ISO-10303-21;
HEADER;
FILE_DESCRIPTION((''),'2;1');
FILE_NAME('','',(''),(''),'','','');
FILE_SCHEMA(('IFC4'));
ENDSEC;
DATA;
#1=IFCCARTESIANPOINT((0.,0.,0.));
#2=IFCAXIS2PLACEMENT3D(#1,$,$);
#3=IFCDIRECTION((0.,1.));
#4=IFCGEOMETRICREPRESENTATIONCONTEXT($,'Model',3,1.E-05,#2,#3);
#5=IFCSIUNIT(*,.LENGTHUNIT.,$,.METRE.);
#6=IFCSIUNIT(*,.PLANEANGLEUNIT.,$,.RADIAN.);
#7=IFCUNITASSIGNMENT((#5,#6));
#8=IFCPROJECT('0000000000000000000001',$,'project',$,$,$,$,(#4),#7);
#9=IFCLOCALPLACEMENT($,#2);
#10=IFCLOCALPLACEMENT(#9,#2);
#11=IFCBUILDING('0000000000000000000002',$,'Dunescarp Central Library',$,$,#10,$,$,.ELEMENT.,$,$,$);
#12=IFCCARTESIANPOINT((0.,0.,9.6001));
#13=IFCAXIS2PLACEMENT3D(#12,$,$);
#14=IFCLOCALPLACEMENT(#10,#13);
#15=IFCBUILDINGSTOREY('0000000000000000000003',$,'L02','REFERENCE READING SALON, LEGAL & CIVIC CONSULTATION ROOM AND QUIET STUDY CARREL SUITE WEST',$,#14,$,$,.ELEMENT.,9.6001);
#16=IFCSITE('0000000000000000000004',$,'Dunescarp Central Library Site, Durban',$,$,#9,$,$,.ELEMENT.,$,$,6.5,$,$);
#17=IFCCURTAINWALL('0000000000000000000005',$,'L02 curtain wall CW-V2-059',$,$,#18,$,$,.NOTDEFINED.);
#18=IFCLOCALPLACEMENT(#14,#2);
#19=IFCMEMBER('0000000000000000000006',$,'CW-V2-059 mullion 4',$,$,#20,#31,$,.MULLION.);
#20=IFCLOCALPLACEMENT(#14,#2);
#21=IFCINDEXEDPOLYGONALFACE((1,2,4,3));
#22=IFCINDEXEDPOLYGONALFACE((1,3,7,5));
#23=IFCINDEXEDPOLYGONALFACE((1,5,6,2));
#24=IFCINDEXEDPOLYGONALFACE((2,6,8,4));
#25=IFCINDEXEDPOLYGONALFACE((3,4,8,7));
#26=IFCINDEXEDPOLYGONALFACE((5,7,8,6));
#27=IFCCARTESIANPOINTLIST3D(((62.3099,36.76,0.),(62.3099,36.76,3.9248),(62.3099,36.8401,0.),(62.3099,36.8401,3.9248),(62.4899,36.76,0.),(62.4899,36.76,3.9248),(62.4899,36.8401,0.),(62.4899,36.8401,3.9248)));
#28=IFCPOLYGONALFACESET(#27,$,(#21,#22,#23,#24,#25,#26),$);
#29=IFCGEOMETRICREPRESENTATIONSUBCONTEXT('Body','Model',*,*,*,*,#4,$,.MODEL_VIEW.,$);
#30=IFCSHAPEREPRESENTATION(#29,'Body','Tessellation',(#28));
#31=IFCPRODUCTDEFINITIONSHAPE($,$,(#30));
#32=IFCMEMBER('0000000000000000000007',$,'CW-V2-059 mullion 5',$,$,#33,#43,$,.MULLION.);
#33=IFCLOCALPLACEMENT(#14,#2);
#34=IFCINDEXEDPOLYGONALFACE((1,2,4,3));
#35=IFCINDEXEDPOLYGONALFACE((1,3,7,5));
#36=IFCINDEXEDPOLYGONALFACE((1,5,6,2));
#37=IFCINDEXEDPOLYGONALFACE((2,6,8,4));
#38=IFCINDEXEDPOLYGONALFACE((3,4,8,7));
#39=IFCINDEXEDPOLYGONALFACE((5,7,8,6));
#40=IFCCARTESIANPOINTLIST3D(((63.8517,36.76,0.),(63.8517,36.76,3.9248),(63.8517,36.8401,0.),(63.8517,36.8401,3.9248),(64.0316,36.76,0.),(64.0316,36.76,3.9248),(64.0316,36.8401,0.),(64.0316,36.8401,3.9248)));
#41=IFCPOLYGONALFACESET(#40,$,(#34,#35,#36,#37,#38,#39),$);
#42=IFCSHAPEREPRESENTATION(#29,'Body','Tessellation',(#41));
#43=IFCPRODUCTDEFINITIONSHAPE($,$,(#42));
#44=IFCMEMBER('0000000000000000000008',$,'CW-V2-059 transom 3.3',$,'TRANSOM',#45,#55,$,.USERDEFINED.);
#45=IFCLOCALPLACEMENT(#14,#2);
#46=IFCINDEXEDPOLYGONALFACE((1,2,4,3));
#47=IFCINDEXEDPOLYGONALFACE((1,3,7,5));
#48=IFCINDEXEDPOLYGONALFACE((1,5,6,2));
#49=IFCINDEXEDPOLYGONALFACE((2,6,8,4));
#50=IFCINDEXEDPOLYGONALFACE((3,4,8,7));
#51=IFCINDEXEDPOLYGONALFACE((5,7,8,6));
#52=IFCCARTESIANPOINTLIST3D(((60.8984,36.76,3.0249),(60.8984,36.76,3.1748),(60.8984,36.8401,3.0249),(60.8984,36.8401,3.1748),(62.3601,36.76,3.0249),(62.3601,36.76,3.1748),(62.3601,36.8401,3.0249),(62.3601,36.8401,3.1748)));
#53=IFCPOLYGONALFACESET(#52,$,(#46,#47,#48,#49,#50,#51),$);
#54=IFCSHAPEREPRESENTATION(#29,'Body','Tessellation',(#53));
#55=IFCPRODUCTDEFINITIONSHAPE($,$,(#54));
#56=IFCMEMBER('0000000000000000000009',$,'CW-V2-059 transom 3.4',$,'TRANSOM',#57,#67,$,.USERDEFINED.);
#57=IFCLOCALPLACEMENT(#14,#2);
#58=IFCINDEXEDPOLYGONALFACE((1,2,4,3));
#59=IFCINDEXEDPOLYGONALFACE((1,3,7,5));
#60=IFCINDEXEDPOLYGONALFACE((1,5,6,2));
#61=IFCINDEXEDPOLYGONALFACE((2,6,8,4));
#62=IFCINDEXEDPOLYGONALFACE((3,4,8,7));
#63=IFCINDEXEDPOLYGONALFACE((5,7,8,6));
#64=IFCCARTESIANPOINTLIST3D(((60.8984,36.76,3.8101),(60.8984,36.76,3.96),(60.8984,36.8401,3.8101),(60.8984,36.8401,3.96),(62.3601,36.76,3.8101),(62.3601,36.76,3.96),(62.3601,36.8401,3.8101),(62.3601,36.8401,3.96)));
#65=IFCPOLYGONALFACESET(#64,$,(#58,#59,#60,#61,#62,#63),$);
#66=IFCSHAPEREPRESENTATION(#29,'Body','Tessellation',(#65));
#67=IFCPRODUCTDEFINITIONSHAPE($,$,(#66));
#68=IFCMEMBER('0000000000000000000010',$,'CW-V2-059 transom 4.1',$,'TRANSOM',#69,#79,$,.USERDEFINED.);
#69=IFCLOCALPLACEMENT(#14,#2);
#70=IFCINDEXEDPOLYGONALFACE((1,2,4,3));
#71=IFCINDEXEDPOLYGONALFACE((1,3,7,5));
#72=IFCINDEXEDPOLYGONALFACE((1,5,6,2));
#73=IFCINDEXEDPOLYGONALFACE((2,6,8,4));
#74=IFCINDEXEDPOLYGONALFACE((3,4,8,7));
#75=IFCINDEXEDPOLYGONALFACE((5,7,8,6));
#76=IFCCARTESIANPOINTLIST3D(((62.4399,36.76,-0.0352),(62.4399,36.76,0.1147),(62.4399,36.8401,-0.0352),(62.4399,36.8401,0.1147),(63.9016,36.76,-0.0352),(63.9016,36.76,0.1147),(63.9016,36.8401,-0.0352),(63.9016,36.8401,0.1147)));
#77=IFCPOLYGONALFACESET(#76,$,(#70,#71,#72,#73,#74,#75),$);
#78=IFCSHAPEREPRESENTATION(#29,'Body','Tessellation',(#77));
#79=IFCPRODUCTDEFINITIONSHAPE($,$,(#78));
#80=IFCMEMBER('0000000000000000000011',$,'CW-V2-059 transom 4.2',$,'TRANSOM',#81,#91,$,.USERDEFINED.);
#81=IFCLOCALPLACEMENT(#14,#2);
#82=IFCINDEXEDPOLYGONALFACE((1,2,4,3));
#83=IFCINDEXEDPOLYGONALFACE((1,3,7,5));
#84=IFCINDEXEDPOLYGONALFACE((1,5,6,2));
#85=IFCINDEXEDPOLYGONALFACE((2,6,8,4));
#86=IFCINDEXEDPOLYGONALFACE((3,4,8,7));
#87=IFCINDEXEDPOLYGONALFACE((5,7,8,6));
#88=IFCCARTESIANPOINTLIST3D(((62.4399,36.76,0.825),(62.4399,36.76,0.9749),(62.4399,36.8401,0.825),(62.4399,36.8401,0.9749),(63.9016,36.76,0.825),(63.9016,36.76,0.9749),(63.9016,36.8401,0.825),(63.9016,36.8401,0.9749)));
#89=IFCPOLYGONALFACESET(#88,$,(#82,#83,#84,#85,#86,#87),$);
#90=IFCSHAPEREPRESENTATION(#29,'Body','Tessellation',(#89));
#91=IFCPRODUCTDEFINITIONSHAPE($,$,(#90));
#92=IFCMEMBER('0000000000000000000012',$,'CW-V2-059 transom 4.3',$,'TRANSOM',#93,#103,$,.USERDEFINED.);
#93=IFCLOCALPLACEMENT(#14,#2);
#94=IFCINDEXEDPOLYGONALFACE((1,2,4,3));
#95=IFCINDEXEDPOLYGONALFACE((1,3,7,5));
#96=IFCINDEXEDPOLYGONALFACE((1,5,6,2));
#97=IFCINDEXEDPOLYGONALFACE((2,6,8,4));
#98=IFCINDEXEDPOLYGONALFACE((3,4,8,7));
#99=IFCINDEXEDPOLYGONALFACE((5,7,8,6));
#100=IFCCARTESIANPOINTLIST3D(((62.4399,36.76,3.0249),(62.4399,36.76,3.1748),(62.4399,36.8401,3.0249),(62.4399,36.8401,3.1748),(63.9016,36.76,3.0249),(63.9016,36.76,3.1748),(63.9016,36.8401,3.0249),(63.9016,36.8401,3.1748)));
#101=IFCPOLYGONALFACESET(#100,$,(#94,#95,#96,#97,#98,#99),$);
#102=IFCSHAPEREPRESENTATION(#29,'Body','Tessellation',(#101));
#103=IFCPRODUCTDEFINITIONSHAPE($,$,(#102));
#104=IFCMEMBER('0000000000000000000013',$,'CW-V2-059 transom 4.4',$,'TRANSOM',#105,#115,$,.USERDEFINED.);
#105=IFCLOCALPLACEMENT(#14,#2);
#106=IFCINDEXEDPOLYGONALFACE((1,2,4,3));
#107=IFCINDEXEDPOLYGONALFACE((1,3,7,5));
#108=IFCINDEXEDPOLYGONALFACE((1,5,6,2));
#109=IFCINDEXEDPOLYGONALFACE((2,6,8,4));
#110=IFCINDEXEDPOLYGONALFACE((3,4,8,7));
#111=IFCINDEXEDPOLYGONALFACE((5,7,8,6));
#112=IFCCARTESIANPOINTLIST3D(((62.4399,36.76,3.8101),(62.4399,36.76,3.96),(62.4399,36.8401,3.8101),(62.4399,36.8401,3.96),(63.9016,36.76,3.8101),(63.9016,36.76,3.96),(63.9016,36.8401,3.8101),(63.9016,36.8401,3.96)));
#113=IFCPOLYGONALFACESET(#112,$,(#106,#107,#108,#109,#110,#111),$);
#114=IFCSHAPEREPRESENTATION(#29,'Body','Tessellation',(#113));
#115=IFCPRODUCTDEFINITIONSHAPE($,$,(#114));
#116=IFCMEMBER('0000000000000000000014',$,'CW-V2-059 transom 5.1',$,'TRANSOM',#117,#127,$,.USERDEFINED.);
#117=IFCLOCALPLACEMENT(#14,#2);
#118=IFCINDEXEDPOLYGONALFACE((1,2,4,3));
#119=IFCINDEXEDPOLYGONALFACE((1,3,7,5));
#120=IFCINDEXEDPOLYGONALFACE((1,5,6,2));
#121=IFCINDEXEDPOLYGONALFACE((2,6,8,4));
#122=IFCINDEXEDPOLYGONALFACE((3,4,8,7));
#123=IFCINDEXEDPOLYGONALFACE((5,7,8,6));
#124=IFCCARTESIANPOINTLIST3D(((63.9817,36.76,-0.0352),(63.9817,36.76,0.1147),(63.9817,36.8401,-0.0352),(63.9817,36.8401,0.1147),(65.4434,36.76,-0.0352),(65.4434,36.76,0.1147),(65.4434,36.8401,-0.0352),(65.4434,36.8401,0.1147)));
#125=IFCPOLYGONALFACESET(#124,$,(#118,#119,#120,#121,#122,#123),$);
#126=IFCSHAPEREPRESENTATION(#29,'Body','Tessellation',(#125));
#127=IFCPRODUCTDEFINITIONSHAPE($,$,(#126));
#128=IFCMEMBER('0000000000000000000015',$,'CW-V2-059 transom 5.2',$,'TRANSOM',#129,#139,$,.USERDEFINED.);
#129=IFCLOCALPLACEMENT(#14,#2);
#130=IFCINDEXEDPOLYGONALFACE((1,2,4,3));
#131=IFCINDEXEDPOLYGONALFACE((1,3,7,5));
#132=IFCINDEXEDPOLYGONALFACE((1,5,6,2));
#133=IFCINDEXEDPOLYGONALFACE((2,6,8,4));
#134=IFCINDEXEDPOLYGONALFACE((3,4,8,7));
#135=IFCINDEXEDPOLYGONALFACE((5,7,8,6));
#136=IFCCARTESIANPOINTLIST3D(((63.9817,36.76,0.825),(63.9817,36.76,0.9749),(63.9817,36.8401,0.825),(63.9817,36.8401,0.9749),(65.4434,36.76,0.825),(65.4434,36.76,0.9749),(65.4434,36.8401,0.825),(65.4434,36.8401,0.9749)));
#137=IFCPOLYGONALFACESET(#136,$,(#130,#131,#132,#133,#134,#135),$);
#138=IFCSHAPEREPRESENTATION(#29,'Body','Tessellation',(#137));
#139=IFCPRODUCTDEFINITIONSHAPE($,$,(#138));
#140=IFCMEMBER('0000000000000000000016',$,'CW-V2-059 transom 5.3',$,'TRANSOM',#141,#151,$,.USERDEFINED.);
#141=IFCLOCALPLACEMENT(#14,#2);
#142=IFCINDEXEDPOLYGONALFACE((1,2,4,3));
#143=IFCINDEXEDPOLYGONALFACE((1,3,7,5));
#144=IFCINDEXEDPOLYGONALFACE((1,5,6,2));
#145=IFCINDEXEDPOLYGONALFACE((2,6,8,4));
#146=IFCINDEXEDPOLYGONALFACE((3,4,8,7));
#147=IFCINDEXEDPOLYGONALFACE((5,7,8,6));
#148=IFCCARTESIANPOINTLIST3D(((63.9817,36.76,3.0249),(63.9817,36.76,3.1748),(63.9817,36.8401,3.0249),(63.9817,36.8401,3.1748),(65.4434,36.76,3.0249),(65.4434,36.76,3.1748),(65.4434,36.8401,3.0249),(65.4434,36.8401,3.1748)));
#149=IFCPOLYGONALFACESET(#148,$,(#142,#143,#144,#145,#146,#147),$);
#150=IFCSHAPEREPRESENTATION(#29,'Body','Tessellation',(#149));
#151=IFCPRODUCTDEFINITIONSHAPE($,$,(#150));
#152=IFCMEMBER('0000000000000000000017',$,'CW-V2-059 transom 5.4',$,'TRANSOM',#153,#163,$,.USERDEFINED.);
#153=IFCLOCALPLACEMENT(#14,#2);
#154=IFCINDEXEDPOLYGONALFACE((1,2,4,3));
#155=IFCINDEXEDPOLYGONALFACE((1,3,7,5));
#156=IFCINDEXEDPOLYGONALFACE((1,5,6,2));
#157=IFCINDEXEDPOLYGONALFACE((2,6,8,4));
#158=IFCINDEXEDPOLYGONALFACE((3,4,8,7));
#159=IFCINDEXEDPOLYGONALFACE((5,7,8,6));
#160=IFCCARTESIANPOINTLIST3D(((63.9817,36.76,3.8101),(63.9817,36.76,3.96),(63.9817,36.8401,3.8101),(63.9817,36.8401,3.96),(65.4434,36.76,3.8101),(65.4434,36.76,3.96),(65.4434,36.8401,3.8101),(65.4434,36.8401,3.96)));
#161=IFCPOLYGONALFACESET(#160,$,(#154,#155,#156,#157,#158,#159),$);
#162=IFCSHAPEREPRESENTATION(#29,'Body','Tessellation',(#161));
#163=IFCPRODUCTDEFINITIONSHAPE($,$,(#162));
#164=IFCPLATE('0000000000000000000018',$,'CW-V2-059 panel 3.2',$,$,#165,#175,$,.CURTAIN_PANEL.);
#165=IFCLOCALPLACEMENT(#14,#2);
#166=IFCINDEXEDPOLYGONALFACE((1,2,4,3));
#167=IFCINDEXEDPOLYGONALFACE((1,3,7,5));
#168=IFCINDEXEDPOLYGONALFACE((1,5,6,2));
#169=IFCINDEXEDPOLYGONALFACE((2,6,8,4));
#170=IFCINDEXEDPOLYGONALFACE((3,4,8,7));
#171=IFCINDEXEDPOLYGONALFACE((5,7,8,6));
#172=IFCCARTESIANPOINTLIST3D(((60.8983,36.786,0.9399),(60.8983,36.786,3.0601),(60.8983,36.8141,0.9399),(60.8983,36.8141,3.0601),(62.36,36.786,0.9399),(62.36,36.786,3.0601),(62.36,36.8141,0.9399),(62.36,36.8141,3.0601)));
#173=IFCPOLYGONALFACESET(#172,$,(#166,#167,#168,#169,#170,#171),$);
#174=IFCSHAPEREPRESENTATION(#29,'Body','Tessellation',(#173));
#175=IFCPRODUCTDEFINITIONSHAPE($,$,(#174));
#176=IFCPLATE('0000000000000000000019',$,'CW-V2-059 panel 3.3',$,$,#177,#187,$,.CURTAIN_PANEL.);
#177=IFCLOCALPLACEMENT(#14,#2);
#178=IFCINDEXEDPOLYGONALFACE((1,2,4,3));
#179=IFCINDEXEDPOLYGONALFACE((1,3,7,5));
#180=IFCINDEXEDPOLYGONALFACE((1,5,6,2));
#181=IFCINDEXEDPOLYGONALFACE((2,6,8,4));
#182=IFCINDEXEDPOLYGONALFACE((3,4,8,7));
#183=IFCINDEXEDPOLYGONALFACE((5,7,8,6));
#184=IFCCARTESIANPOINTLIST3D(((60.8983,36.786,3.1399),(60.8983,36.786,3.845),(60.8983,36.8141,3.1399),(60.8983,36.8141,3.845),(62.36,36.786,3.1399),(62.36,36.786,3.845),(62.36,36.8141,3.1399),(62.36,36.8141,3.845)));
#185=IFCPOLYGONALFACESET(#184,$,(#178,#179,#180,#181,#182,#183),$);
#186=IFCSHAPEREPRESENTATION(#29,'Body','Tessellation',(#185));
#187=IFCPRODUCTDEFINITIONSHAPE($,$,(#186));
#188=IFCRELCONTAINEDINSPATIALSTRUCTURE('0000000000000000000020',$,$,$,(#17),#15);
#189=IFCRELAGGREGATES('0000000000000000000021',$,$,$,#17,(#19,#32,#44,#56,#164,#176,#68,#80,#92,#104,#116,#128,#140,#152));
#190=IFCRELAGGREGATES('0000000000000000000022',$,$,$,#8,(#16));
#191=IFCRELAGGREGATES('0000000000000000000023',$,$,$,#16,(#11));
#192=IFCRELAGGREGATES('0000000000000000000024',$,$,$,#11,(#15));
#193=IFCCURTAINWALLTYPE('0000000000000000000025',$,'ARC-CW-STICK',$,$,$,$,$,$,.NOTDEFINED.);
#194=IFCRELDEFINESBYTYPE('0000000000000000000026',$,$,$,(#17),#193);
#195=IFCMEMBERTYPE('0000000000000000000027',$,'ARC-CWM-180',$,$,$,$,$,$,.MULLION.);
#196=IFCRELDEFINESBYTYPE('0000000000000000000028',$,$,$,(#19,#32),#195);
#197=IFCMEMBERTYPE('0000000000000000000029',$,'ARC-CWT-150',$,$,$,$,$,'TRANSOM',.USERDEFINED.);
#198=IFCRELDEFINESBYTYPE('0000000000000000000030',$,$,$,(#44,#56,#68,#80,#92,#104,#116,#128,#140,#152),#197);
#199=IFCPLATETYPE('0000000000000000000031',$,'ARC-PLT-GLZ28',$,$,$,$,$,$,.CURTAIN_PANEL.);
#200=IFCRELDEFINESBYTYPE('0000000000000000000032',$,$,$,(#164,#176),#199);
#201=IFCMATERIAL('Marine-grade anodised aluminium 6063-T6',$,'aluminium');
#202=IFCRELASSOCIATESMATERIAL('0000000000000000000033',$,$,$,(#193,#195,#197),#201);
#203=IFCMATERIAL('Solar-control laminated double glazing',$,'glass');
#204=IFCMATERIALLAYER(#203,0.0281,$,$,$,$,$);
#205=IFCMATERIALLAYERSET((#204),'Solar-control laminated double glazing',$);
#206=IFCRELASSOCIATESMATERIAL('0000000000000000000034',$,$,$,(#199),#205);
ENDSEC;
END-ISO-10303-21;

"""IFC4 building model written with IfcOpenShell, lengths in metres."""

from ifc_helpers import new_model, si_unit, direction, frame, origin, origin_2d, place, context, subcontext, project, spatial, rectangle, extrude, material, layer, layer_set, material_profile, profile_set, type_object, element, aggregate, save


model = new_model("IFC4")

# Units and contexts
model_context = context("Model", 3, precision=1e-05, world=origin(), true_north=direction((0.0, 1.0)))
body_context = subcontext(model_context, "Body", "Model", "MODEL_VIEW")
ifc_project = project(units=[si_unit("LENGTHUNIT", "METRE"), si_unit("PLANEANGLEUNIT", "RADIAN")], contexts=[model_context])

# Site, building, storey
site_placement = place(None, origin())
site = spatial("IfcSite", under=ifc_project, at=site_placement, Name="Dunescarp Central Library Site, Durban", CompositionType="ELEMENT", RefElevation=6.5)
building_placement = place(site_placement, origin())
building = spatial("IfcBuilding", under=site, at=building_placement, Name="Dunescarp Central Library", CompositionType="ELEMENT")
storey_placement = place(building_placement, frame((0.0, 0.0, 9.6001)))
storey = spatial("IfcBuildingStorey", under=building, at=storey_placement, Name="L02", Description="REFERENCE READING SALON, LEGAL & CIVIC CONSULTATION ROOM AND QUIET STUDY CARREL SUITE WEST", CompositionType="ELEMENT", Elevation=9.6001)

# Curtain wall, members, plates
ifc_material_1 = material(Name="Marine-grade anodised aluminium 6063-T6", Category="aluminium")
curtain_wall_type = type_object("IfcCurtainWallType", Name="ARC-CW-STICK", PredefinedType="NOTDEFINED", material=ifc_material_1)
curtain_wall_placement = place(storey_placement, origin())
curtain_wall = element("IfcCurtainWall", 1, at=curtain_wall_placement, inside=storey, type_object=curtain_wall_type, Name="L02 curtain wall CW-V2-059", PredefinedType="NOTDEFINED")
ifc_material_profile_1 = material_profile(ifc_material_1, rectangle(XDim=0.0801, YDim=0.1799, at=origin_2d()), Name="AL 80x180")
ifc_profile_set_1 = profile_set([ifc_material_profile_1], Name="Marine-grade anodised aluminium 6063-T6")
member_type_1 = type_object("IfcMemberType", Name="ARC-CWM-180", PredefinedType="MULLION", material=ifc_profile_set_1)
member_1_placement = place(storey_placement, frame((62.3999, 36.8, 0.0), z_axis=(0.0, 0.0, 1.0), x_axis=(0.0, 1.0, 0.0)))
member_1 = element("IfcMember", 2, at=member_1_placement, type_object=member_type_1, Name="CW-V2-059 mullion 4", PredefinedType="MULLION", context=body_context, shape_type="SweptSolid", body=[
    extrude(rectangle(XDim=0.0801, YDim=0.1799, at=origin_2d()), origin(), (0.0, 0.0, 1.0), 3.9248),
])
member_2_placement = place(storey_placement, frame((63.9417, 36.8, 0.0), z_axis=(0.0, 0.0, 1.0), x_axis=(0.0, 1.0, 0.0)))
member_2 = element("IfcMember", 3, at=member_2_placement, type_object=member_type_1, Name="CW-V2-059 mullion 5", PredefinedType="MULLION", context=body_context, shape_type="SweptSolid", body=[
    extrude(rectangle(XDim=0.0801, YDim=0.1799, at=origin_2d()), origin(), (0.0, 0.0, 1.0), 3.9248),
])
ifc_material_profile_2 = material_profile(ifc_material_1, rectangle(XDim=0.0801, YDim=0.1499, at=origin_2d()), Name="AL 80x150")
ifc_profile_set_2 = profile_set([ifc_material_profile_2], Name="Marine-grade anodised aluminium 6063-T6")
member_type_2 = type_object("IfcMemberType", Name="ARC-CWT-150", ElementType="TRANSOM", PredefinedType="USERDEFINED", material=ifc_profile_set_2)
member_3_placement = place(storey_placement, frame((60.8984, 36.8, 3.0999), z_axis=(1.0, 0.0, 0.0), x_axis=(0.0, 1.0, 0.0)))
member_3 = element("IfcMember", 4, at=member_3_placement, type_object=member_type_2, Name="CW-V2-059 transom 3.3", ObjectType="TRANSOM", PredefinedType="USERDEFINED", context=body_context, shape_type="SweptSolid", body=[
    extrude(rectangle(XDim=0.0801, YDim=0.1499, at=origin_2d()), origin(), (0.0, 0.0, 1.0), 1.4617),
])
member_4_placement = place(storey_placement, frame((60.8984, 36.8, 3.885), z_axis=(1.0, 0.0, 0.0), x_axis=(0.0, 1.0, 0.0)))
member_4 = element("IfcMember", 5, at=member_4_placement, type_object=member_type_2, Name="CW-V2-059 transom 3.4", ObjectType="TRANSOM", PredefinedType="USERDEFINED", context=body_context, shape_type="SweptSolid", body=[
    extrude(rectangle(XDim=0.0801, YDim=0.1499, at=origin_2d()), origin(), (0.0, 0.0, 1.0), 1.4617),
])
member_5_placement = place(storey_placement, frame((62.4399, 36.8, 0.0398), z_axis=(1.0, 0.0, 0.0), x_axis=(0.0, 1.0, 0.0)))
member_5 = element("IfcMember", 6, at=member_5_placement, type_object=member_type_2, Name="CW-V2-059 transom 4.1", ObjectType="TRANSOM", PredefinedType="USERDEFINED", context=body_context, shape_type="SweptSolid", body=[
    extrude(rectangle(XDim=0.0801, YDim=0.1499, at=origin_2d()), origin(), (0.0, 0.0, 1.0), 1.4617),
])
member_6_placement = place(storey_placement, frame((62.4399, 36.8, 0.8999), z_axis=(1.0, 0.0, 0.0), x_axis=(0.0, 1.0, 0.0)))
member_6 = element("IfcMember", 7, at=member_6_placement, type_object=member_type_2, Name="CW-V2-059 transom 4.2", ObjectType="TRANSOM", PredefinedType="USERDEFINED", context=body_context, shape_type="SweptSolid", body=[
    extrude(rectangle(XDim=0.0801, YDim=0.1499, at=origin_2d()), origin(), (0.0, 0.0, 1.0), 1.4617),
])
member_7_placement = place(storey_placement, frame((62.4399, 36.8, 3.0999), z_axis=(1.0, 0.0, 0.0), x_axis=(0.0, 1.0, 0.0)))
member_7 = element("IfcMember", 8, at=member_7_placement, type_object=member_type_2, Name="CW-V2-059 transom 4.3", ObjectType="TRANSOM", PredefinedType="USERDEFINED", context=body_context, shape_type="SweptSolid", body=[
    extrude(rectangle(XDim=0.0801, YDim=0.1499, at=origin_2d()), origin(), (0.0, 0.0, 1.0), 1.4617),
])
member_8_placement = place(storey_placement, frame((62.4399, 36.8, 3.885), z_axis=(1.0, 0.0, 0.0), x_axis=(0.0, 1.0, 0.0)))
member_8 = element("IfcMember", 9, at=member_8_placement, type_object=member_type_2, Name="CW-V2-059 transom 4.4", ObjectType="TRANSOM", PredefinedType="USERDEFINED", context=body_context, shape_type="SweptSolid", body=[
    extrude(rectangle(XDim=0.0801, YDim=0.1499, at=origin_2d()), origin(), (0.0, 0.0, 1.0), 1.4617),
])
member_9_placement = place(storey_placement, frame((63.9817, 36.8, 0.0398), z_axis=(1.0, 0.0, 0.0), x_axis=(0.0, 1.0, 0.0)))
member_9 = element("IfcMember", 10, at=member_9_placement, type_object=member_type_2, Name="CW-V2-059 transom 5.1", ObjectType="TRANSOM", PredefinedType="USERDEFINED", context=body_context, shape_type="SweptSolid", body=[
    extrude(rectangle(XDim=0.0801, YDim=0.1499, at=origin_2d()), origin(), (0.0, 0.0, 1.0), 1.4617),
])
member_10_placement = place(storey_placement, frame((63.9817, 36.8, 0.8999), z_axis=(1.0, 0.0, 0.0), x_axis=(0.0, 1.0, 0.0)))
member_10 = element("IfcMember", 11, at=member_10_placement, type_object=member_type_2, Name="CW-V2-059 transom 5.2", ObjectType="TRANSOM", PredefinedType="USERDEFINED", context=body_context, shape_type="SweptSolid", body=[
    extrude(rectangle(XDim=0.0801, YDim=0.1499, at=origin_2d()), origin(), (0.0, 0.0, 1.0), 1.4617),
])
member_11_placement = place(storey_placement, frame((63.9817, 36.8, 3.0999), z_axis=(1.0, 0.0, 0.0), x_axis=(0.0, 1.0, 0.0)))
member_11 = element("IfcMember", 12, at=member_11_placement, type_object=member_type_2, Name="CW-V2-059 transom 5.3", ObjectType="TRANSOM", PredefinedType="USERDEFINED", context=body_context, shape_type="SweptSolid", body=[
    extrude(rectangle(XDim=0.0801, YDim=0.1499, at=origin_2d()), origin(), (0.0, 0.0, 1.0), 1.4617),
])
member_12_placement = place(storey_placement, frame((63.9817, 36.8, 3.885), z_axis=(1.0, 0.0, 0.0), x_axis=(0.0, 1.0, 0.0)))
member_12 = element("IfcMember", 13, at=member_12_placement, type_object=member_type_2, Name="CW-V2-059 transom 5.4", ObjectType="TRANSOM", PredefinedType="USERDEFINED", context=body_context, shape_type="SweptSolid", body=[
    extrude(rectangle(XDim=0.0801, YDim=0.1499, at=origin_2d()), origin(), (0.0, 0.0, 1.0), 1.4617),
])
ifc_material_2 = material(Name="Solar-control laminated double glazing", Category="glass")
ifc_layer_1 = layer(ifc_material_2, 0.0281)
ifc_layer_set_1 = layer_set([ifc_layer_1], Name="Solar-control laminated double glazing")
plate_type_1 = type_object("IfcPlateType", Name="ARC-PLT-GLZ28", PredefinedType="CURTAIN_PANEL", material=ifc_layer_set_1)
plate_1_placement = place(storey_placement, frame((61.6292, 36.8, 0.9399), z_axis=(0.0, 0.0, 1.0), x_axis=(1.0, 0.0, 0.0)))
plate_1 = element("IfcPlate", 14, at=plate_1_placement, type_object=plate_type_1, Name="CW-V2-059 panel 3.2", PredefinedType="CURTAIN_PANEL", context=body_context, shape_type="SweptSolid", body=[
    extrude(rectangle(XDim=1.4617, YDim=0.0281, at=origin_2d()), origin(), (0.0, 0.0, 1.0), 2.1201),
])
plate_2_placement = place(storey_placement, frame((61.6292, 36.8, 3.1399), z_axis=(0.0, 0.0, 1.0), x_axis=(1.0, 0.0, 0.0)))
plate_2 = element("IfcPlate", 15, at=plate_2_placement, type_object=plate_type_1, Name="CW-V2-059 panel 3.3", PredefinedType="CURTAIN_PANEL", context=body_context, shape_type="SweptSolid", body=[
    extrude(rectangle(XDim=1.4617, YDim=0.0281, at=origin_2d()), origin(), (0.0, 0.0, 1.0), 0.7051),
])
aggregate(curtain_wall, [member_1, member_2, member_3, member_4, plate_1, plate_2, member_5, member_6, member_7, member_8, member_9, member_10, member_11, member_12])

save(model, "model.ifc")
